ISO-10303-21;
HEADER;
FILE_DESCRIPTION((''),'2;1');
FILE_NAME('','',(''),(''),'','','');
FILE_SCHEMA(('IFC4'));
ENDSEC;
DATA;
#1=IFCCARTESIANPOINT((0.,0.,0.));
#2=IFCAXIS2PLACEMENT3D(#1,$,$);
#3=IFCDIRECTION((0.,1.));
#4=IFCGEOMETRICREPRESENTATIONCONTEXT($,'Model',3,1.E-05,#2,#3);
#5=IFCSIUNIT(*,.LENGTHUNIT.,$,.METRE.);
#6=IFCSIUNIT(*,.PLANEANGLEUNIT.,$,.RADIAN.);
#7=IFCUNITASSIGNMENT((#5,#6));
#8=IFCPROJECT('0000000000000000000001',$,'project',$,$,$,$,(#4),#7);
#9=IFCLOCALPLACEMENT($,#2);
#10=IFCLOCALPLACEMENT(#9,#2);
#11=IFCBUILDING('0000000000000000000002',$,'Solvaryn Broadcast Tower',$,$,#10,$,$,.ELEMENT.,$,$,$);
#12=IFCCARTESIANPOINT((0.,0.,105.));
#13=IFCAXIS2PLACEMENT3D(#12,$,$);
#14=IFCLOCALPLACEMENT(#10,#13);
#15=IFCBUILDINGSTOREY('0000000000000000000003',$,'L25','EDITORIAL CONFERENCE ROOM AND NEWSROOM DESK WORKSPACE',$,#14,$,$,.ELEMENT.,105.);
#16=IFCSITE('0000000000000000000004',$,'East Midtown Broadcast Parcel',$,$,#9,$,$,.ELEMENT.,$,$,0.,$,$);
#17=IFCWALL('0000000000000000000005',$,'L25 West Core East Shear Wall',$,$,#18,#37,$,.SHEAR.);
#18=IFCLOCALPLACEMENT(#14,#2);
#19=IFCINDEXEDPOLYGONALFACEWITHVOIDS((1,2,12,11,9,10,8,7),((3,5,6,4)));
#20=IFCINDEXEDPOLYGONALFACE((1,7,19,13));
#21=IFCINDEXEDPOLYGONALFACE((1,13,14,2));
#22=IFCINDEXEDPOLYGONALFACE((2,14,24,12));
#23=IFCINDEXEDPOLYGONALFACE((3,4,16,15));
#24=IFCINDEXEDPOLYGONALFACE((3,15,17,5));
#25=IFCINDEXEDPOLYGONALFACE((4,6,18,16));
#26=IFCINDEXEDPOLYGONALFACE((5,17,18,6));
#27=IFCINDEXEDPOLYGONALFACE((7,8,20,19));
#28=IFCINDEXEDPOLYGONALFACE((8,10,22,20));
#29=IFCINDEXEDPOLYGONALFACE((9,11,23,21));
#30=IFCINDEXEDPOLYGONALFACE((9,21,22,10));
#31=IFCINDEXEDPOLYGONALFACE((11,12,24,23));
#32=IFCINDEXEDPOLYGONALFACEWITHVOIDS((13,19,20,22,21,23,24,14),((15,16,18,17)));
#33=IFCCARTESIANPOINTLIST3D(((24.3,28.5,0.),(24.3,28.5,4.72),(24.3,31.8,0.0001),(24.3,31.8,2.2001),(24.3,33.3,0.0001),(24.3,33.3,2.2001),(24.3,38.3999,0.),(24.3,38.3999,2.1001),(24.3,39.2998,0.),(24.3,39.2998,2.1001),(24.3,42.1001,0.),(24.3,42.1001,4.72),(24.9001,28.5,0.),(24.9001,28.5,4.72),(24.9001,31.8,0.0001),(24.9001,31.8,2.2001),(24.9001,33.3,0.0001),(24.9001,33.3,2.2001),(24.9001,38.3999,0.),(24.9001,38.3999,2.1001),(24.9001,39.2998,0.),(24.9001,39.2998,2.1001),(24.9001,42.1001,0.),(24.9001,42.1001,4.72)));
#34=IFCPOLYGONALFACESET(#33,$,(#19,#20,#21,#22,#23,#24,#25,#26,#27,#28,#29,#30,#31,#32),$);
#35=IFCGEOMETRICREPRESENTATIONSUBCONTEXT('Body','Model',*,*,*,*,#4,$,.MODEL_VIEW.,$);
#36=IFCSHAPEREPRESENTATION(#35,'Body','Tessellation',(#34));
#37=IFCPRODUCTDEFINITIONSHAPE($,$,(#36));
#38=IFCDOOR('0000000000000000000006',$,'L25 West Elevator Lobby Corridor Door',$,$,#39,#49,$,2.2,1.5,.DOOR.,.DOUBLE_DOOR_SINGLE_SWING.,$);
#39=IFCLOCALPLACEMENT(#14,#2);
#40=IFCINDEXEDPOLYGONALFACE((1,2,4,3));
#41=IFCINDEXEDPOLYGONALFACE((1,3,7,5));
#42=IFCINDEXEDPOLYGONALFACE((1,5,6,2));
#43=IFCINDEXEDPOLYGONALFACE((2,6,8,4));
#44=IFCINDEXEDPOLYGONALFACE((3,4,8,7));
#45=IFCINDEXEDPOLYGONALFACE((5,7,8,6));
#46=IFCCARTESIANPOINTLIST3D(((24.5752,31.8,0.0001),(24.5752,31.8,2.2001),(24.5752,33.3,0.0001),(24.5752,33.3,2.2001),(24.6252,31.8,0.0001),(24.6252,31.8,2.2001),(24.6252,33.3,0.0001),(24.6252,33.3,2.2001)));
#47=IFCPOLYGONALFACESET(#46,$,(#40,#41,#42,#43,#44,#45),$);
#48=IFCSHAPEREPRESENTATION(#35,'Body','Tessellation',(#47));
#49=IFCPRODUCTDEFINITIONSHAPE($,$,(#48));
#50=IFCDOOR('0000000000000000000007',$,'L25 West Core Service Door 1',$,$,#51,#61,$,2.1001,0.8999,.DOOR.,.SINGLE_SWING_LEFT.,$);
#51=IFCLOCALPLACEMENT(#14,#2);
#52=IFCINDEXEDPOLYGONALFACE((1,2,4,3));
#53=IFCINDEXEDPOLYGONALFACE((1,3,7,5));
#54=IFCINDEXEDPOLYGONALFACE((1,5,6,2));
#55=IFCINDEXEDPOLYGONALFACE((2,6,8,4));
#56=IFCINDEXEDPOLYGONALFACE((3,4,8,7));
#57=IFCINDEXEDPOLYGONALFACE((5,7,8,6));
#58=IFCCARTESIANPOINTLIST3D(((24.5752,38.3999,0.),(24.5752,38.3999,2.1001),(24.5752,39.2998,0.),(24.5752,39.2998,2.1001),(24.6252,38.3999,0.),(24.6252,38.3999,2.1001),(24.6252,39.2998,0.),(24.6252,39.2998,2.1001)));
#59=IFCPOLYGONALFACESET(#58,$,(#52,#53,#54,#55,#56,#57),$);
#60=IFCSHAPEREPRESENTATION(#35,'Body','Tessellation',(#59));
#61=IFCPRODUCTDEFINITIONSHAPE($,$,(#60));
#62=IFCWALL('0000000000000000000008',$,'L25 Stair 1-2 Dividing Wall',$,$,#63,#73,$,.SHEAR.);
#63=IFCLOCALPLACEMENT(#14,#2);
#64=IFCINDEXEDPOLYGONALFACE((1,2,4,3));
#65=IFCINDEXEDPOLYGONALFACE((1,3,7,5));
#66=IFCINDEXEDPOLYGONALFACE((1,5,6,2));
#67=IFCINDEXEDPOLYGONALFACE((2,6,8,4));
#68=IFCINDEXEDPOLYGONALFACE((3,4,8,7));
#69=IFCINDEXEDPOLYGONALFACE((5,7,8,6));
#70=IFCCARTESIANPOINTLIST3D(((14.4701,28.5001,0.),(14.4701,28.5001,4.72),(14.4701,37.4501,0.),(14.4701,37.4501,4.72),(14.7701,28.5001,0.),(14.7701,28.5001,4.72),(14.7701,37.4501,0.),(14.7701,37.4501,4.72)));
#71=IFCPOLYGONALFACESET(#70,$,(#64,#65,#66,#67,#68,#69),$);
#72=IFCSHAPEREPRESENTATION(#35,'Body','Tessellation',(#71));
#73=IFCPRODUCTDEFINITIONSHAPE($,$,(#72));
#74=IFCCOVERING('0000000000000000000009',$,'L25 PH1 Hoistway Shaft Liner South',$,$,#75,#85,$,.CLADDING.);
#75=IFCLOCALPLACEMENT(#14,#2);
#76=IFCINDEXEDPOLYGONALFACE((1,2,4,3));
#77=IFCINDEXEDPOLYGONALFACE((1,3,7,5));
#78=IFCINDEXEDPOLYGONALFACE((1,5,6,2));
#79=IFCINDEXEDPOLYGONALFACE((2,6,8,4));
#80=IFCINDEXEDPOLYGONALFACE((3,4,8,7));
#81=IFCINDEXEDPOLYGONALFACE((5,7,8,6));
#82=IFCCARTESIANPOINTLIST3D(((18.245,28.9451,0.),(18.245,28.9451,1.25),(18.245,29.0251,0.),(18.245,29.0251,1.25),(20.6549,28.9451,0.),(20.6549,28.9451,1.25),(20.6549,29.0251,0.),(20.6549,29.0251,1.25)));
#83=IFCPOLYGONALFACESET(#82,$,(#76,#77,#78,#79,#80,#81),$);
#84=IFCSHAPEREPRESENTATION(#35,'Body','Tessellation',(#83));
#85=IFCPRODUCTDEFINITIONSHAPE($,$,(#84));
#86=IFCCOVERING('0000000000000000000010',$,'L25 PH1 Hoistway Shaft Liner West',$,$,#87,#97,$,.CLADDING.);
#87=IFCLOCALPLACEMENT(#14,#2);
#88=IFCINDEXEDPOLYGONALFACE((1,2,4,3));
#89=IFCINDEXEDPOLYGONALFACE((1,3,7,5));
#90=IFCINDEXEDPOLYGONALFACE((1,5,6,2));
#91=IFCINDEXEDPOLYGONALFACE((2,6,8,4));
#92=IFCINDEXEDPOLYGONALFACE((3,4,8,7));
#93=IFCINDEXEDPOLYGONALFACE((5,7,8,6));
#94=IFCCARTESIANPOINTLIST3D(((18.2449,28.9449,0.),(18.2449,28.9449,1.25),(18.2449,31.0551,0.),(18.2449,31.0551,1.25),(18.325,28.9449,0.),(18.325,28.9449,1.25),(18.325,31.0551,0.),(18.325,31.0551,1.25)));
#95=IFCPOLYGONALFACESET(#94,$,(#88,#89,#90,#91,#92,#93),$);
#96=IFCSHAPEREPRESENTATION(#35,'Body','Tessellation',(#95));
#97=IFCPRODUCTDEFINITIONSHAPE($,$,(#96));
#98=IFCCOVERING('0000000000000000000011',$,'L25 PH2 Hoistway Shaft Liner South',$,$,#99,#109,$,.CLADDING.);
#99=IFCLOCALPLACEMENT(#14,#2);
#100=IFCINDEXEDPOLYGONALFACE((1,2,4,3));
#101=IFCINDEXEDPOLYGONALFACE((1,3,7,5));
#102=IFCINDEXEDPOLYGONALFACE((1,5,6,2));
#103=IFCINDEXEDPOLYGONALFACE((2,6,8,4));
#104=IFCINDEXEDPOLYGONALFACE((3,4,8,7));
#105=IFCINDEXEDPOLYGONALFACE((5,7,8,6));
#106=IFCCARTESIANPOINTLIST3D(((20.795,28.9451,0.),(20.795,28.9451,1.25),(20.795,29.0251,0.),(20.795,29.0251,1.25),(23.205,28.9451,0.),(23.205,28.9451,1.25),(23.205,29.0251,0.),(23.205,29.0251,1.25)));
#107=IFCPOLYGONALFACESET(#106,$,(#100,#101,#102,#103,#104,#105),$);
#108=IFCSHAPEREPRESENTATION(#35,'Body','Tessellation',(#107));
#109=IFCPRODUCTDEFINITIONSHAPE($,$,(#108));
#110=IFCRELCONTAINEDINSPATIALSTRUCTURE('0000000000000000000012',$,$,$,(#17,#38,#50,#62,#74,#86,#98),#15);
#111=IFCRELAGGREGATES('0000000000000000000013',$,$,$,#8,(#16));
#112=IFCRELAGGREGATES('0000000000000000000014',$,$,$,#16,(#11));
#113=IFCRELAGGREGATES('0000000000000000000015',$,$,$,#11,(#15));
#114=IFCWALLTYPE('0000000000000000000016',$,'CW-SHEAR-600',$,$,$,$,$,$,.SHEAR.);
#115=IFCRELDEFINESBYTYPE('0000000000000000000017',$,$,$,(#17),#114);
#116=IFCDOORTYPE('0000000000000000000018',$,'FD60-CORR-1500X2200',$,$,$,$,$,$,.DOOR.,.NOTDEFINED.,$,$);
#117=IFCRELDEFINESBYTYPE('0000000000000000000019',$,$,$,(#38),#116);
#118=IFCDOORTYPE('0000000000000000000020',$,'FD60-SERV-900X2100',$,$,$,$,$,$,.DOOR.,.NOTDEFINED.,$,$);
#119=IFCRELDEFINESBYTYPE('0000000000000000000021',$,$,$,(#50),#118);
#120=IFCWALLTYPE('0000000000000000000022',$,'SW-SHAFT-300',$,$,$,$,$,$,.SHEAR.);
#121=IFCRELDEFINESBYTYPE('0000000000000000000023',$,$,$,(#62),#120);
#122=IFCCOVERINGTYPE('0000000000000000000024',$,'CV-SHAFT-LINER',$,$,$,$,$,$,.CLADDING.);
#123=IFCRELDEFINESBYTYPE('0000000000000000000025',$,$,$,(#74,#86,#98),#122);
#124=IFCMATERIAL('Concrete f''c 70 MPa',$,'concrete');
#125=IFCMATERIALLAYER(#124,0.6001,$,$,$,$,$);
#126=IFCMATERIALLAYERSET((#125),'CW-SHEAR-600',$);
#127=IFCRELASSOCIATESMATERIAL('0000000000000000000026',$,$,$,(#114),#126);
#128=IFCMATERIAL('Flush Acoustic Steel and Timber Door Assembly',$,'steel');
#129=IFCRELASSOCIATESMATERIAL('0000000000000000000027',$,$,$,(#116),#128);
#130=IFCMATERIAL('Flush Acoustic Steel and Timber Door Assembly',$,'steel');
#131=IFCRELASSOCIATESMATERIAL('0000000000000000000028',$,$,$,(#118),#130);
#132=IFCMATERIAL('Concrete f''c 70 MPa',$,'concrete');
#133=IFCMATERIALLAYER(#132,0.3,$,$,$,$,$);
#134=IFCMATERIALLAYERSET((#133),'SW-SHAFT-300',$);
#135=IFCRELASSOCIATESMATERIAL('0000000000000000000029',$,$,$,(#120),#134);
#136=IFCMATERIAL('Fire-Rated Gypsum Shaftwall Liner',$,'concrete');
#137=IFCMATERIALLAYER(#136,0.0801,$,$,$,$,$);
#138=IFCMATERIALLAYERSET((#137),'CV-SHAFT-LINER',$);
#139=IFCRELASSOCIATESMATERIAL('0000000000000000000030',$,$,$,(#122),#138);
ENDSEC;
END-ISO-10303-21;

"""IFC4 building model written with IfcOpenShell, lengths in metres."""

from ifc_helpers import new_model, si_unit, direction, frame, frame_2d, origin, origin_2d, place, context, subcontext, project, spatial, rectangle, extrude, material, layer, layer_set, type_object, element, fill, save


model = new_model("IFC4")

# Units and contexts
model_context = context("Model", 3, precision=1e-05, world=origin(), true_north=direction((0.0, 1.0)))
body_context = subcontext(model_context, "Body", "Model", "MODEL_VIEW")
ifc_project = project(units=[si_unit("LENGTHUNIT", "METRE"), si_unit("PLANEANGLEUNIT", "RADIAN")], contexts=[model_context])

# Site, building, storey
site_placement = place(None, origin())
site = spatial("IfcSite", under=ifc_project, at=site_placement, Name="East Midtown Broadcast Parcel", CompositionType="ELEMENT", RefElevation=0.0)
building_placement = place(site_placement, origin())
building = spatial("IfcBuilding", under=site, at=building_placement, Name="Solvaryn Broadcast Tower", CompositionType="ELEMENT")
storey_placement = place(building_placement, frame((0.0, 0.0, 105.0)))
storey = spatial("IfcBuildingStorey", under=building, at=storey_placement, Name="L25", Description="EDITORIAL CONFERENCE ROOM AND NEWSROOM DESK WORKSPACE", CompositionType="ELEMENT", Elevation=105.0)

# Shared definitions
ifc_material_1 = material(Name="Concrete f'c 70 MPa", Category="concrete")
ifc_layer_1 = layer(ifc_material_1, 0.6001)
ifc_layer_set_1 = layer_set([ifc_layer_1], Name="CW-SHEAR-600")
wall_type_1 = type_object("IfcWallType", Name="CW-SHEAR-600", PredefinedType="SHEAR", material=ifc_layer_set_1)

# Wall, openings, doors
wall_1_placement = place(storey_placement, frame((24.6001, 28.5, 0.0), z_axis=(0.0, 0.0, 1.0), x_axis=(0.0, 1.0, 0.0)))
wall_1 = element("IfcWall", 1, at=wall_1_placement, inside=storey, type_object=wall_type_1, Name="L25 West Core East Shear Wall", PredefinedType="SHEAR", context=body_context, shape_type="SweptSolid", body=[
    extrude(rectangle(XDim=13.6001, YDim=0.6001, at=frame_2d((6.8, 0.0))), origin(), (0.0, 0.0, 1.0), 4.72),
])
opening_1_placement = place(wall_1_placement, frame((3.3, 0.0, 0.0)))
opening_1 = element("IfcOpeningElement", 2, at=opening_1_placement, cuts=wall_1, PredefinedType="OPENING", context=body_context, shape_type="SweptSolid", body=[
    extrude(rectangle(XDim=1.5, YDim=2.2, at=frame_2d((0.75, 1.1001))), frame((0.0, 0.3101, 0.0), z_axis=(0.0, -1.0, 0.0), x_axis=(1.0, 0.0, 0.0)), (0.0, 0.0, 1.0), 0.6201),
])
opening_2_placement = place(wall_1_placement, frame((9.8999, 0.0, 0.0)))
opening_2 = element("IfcOpeningElement", 3, at=opening_2_placement, cuts=wall_1, PredefinedType="OPENING", context=body_context, shape_type="SweptSolid", body=[
    extrude(rectangle(XDim=0.8999, YDim=2.1001, at=frame_2d((0.45, 1.05))), frame((0.0, 0.3101, 0.0), z_axis=(0.0, -1.0, 0.0), x_axis=(1.0, 0.0, 0.0)), (0.0, 0.0, 1.0), 0.6201),
])
ifc_material_2 = material(Name="Flush Acoustic Steel and Timber Door Assembly", Category="steel")
door_type_1 = type_object("IfcDoorType", Name="FD60-CORR-1500X2200", OperationType="NOTDEFINED", PredefinedType="DOOR", material=ifc_material_2)
door_1_placement = place(opening_1_placement, origin())
door_1 = element("IfcDoor", 4, at=door_1_placement, inside=storey, type_object=door_type_1, Name="L25 West Elevator Lobby Corridor Door", OperationType="DOUBLE_DOOR_SINGLE_SWING", OverallHeight=2.2, OverallWidth=1.5, PredefinedType="DOOR", context=body_context, shape_type="SweptSolid", body=[
    extrude(rectangle(XDim=1.5, YDim=2.2, at=frame_2d((0.75, 1.1001))), frame((0.0, 0.0249, 0.0), z_axis=(0.0, -1.0, 0.0), x_axis=(1.0, 0.0, 0.0)), (0.0, 0.0, 1.0), 0.05),
])
fill(opening_1, door_1)
ifc_material_3 = material(Name="Flush Acoustic Steel and Timber Door Assembly", Category="steel")
door_type_2 = type_object("IfcDoorType", Name="FD60-SERV-900X2100", OperationType="NOTDEFINED", PredefinedType="DOOR", material=ifc_material_3)
door_2_placement = place(opening_2_placement, origin())
door_2 = element("IfcDoor", 5, at=door_2_placement, inside=storey, type_object=door_type_2, Name="L25 West Core Service Door 1", OperationType="SINGLE_SWING_LEFT", OverallHeight=2.1001, OverallWidth=0.8999, PredefinedType="DOOR", context=body_context, shape_type="SweptSolid", body=[
    extrude(rectangle(XDim=0.8999, YDim=2.1001, at=frame_2d((0.45, 1.05))), frame((0.0, 0.0249, 0.0), z_axis=(0.0, -1.0, 0.0), x_axis=(1.0, 0.0, 0.0)), (0.0, 0.0, 1.0), 0.05),
])
fill(opening_2, door_2)

# Wall
ifc_material_4 = material(Name="Concrete f'c 70 MPa", Category="concrete")
ifc_layer_2 = layer(ifc_material_4, 0.3)
ifc_layer_set_2 = layer_set([ifc_layer_2], Name="SW-SHAFT-300")
wall_type_2 = type_object("IfcWallType", Name="SW-SHAFT-300", PredefinedType="SHEAR", material=ifc_layer_set_2)
wall_2_placement = place(storey_placement, frame((14.6201, 28.5, 0.0), z_axis=(0.0, 0.0, 1.0), x_axis=(0.0, 1.0, 0.0)))
element("IfcWall", 6, at=wall_2_placement, inside=storey, type_object=wall_type_2, Name="L25 Stair 1-2 Dividing Wall", PredefinedType="SHEAR", context=body_context, shape_type="SweptSolid", body=[
    extrude(rectangle(XDim=8.95, YDim=0.3, at=frame_2d((4.4751, 0.0))), origin(), (0.0, 0.0, 1.0), 4.72),
])

# Coverings
ifc_material_5 = material(Name="Fire-Rated Gypsum Shaftwall Liner", Category="concrete")
ifc_layer_3 = layer(ifc_material_5, 0.0801)
ifc_layer_set_3 = layer_set([ifc_layer_3], Name="CV-SHAFT-LINER")
covering_type = type_object("IfcCoveringType", Name="CV-SHAFT-LINER", PredefinedType="CLADDING", material=ifc_layer_set_3)
covering_1_placement = place(storey_placement, frame((19.45, 28.9851, 0.0), z_axis=(0.0, 0.0, 1.0), x_axis=(1.0, 0.0, 0.0)))
element("IfcCovering", 7, at=covering_1_placement, inside=storey, type_object=covering_type, Name="L25 PH1 Hoistway Shaft Liner South", PredefinedType="CLADDING", context=body_context, shape_type="SweptSolid", body=[
    extrude(rectangle(XDim=2.4099, YDim=0.0801, at=origin_2d()), origin(), (0.0, 0.0, 1.0), 1.25),
])
covering_2_placement = place(storey_placement, frame((18.2849, 30.0, 0.0), z_axis=(0.0, 0.0, 1.0), x_axis=(1.0, 0.0, 0.0)))
element("IfcCovering", 8, at=covering_2_placement, inside=storey, type_object=covering_type, Name="L25 PH1 Hoistway Shaft Liner West", PredefinedType="CLADDING", context=body_context, shape_type="SweptSolid", body=[
    extrude(rectangle(XDim=0.0801, YDim=2.1101, at=origin_2d()), origin(), (0.0, 0.0, 1.0), 1.25),
])
covering_3_placement = place(storey_placement, frame((22.0, 28.9851, 0.0), z_axis=(0.0, 0.0, 1.0), x_axis=(1.0, 0.0, 0.0)))
element("IfcCovering", 9, at=covering_3_placement, inside=storey, type_object=covering_type, Name="L25 PH2 Hoistway Shaft Liner South", PredefinedType="CLADDING", context=body_context, shape_type="SweptSolid", body=[
    extrude(rectangle(XDim=2.4099, YDim=0.0801, at=origin_2d()), origin(), (0.0, 0.0, 1.0), 1.25),
])

save(model, "model.ifc")
